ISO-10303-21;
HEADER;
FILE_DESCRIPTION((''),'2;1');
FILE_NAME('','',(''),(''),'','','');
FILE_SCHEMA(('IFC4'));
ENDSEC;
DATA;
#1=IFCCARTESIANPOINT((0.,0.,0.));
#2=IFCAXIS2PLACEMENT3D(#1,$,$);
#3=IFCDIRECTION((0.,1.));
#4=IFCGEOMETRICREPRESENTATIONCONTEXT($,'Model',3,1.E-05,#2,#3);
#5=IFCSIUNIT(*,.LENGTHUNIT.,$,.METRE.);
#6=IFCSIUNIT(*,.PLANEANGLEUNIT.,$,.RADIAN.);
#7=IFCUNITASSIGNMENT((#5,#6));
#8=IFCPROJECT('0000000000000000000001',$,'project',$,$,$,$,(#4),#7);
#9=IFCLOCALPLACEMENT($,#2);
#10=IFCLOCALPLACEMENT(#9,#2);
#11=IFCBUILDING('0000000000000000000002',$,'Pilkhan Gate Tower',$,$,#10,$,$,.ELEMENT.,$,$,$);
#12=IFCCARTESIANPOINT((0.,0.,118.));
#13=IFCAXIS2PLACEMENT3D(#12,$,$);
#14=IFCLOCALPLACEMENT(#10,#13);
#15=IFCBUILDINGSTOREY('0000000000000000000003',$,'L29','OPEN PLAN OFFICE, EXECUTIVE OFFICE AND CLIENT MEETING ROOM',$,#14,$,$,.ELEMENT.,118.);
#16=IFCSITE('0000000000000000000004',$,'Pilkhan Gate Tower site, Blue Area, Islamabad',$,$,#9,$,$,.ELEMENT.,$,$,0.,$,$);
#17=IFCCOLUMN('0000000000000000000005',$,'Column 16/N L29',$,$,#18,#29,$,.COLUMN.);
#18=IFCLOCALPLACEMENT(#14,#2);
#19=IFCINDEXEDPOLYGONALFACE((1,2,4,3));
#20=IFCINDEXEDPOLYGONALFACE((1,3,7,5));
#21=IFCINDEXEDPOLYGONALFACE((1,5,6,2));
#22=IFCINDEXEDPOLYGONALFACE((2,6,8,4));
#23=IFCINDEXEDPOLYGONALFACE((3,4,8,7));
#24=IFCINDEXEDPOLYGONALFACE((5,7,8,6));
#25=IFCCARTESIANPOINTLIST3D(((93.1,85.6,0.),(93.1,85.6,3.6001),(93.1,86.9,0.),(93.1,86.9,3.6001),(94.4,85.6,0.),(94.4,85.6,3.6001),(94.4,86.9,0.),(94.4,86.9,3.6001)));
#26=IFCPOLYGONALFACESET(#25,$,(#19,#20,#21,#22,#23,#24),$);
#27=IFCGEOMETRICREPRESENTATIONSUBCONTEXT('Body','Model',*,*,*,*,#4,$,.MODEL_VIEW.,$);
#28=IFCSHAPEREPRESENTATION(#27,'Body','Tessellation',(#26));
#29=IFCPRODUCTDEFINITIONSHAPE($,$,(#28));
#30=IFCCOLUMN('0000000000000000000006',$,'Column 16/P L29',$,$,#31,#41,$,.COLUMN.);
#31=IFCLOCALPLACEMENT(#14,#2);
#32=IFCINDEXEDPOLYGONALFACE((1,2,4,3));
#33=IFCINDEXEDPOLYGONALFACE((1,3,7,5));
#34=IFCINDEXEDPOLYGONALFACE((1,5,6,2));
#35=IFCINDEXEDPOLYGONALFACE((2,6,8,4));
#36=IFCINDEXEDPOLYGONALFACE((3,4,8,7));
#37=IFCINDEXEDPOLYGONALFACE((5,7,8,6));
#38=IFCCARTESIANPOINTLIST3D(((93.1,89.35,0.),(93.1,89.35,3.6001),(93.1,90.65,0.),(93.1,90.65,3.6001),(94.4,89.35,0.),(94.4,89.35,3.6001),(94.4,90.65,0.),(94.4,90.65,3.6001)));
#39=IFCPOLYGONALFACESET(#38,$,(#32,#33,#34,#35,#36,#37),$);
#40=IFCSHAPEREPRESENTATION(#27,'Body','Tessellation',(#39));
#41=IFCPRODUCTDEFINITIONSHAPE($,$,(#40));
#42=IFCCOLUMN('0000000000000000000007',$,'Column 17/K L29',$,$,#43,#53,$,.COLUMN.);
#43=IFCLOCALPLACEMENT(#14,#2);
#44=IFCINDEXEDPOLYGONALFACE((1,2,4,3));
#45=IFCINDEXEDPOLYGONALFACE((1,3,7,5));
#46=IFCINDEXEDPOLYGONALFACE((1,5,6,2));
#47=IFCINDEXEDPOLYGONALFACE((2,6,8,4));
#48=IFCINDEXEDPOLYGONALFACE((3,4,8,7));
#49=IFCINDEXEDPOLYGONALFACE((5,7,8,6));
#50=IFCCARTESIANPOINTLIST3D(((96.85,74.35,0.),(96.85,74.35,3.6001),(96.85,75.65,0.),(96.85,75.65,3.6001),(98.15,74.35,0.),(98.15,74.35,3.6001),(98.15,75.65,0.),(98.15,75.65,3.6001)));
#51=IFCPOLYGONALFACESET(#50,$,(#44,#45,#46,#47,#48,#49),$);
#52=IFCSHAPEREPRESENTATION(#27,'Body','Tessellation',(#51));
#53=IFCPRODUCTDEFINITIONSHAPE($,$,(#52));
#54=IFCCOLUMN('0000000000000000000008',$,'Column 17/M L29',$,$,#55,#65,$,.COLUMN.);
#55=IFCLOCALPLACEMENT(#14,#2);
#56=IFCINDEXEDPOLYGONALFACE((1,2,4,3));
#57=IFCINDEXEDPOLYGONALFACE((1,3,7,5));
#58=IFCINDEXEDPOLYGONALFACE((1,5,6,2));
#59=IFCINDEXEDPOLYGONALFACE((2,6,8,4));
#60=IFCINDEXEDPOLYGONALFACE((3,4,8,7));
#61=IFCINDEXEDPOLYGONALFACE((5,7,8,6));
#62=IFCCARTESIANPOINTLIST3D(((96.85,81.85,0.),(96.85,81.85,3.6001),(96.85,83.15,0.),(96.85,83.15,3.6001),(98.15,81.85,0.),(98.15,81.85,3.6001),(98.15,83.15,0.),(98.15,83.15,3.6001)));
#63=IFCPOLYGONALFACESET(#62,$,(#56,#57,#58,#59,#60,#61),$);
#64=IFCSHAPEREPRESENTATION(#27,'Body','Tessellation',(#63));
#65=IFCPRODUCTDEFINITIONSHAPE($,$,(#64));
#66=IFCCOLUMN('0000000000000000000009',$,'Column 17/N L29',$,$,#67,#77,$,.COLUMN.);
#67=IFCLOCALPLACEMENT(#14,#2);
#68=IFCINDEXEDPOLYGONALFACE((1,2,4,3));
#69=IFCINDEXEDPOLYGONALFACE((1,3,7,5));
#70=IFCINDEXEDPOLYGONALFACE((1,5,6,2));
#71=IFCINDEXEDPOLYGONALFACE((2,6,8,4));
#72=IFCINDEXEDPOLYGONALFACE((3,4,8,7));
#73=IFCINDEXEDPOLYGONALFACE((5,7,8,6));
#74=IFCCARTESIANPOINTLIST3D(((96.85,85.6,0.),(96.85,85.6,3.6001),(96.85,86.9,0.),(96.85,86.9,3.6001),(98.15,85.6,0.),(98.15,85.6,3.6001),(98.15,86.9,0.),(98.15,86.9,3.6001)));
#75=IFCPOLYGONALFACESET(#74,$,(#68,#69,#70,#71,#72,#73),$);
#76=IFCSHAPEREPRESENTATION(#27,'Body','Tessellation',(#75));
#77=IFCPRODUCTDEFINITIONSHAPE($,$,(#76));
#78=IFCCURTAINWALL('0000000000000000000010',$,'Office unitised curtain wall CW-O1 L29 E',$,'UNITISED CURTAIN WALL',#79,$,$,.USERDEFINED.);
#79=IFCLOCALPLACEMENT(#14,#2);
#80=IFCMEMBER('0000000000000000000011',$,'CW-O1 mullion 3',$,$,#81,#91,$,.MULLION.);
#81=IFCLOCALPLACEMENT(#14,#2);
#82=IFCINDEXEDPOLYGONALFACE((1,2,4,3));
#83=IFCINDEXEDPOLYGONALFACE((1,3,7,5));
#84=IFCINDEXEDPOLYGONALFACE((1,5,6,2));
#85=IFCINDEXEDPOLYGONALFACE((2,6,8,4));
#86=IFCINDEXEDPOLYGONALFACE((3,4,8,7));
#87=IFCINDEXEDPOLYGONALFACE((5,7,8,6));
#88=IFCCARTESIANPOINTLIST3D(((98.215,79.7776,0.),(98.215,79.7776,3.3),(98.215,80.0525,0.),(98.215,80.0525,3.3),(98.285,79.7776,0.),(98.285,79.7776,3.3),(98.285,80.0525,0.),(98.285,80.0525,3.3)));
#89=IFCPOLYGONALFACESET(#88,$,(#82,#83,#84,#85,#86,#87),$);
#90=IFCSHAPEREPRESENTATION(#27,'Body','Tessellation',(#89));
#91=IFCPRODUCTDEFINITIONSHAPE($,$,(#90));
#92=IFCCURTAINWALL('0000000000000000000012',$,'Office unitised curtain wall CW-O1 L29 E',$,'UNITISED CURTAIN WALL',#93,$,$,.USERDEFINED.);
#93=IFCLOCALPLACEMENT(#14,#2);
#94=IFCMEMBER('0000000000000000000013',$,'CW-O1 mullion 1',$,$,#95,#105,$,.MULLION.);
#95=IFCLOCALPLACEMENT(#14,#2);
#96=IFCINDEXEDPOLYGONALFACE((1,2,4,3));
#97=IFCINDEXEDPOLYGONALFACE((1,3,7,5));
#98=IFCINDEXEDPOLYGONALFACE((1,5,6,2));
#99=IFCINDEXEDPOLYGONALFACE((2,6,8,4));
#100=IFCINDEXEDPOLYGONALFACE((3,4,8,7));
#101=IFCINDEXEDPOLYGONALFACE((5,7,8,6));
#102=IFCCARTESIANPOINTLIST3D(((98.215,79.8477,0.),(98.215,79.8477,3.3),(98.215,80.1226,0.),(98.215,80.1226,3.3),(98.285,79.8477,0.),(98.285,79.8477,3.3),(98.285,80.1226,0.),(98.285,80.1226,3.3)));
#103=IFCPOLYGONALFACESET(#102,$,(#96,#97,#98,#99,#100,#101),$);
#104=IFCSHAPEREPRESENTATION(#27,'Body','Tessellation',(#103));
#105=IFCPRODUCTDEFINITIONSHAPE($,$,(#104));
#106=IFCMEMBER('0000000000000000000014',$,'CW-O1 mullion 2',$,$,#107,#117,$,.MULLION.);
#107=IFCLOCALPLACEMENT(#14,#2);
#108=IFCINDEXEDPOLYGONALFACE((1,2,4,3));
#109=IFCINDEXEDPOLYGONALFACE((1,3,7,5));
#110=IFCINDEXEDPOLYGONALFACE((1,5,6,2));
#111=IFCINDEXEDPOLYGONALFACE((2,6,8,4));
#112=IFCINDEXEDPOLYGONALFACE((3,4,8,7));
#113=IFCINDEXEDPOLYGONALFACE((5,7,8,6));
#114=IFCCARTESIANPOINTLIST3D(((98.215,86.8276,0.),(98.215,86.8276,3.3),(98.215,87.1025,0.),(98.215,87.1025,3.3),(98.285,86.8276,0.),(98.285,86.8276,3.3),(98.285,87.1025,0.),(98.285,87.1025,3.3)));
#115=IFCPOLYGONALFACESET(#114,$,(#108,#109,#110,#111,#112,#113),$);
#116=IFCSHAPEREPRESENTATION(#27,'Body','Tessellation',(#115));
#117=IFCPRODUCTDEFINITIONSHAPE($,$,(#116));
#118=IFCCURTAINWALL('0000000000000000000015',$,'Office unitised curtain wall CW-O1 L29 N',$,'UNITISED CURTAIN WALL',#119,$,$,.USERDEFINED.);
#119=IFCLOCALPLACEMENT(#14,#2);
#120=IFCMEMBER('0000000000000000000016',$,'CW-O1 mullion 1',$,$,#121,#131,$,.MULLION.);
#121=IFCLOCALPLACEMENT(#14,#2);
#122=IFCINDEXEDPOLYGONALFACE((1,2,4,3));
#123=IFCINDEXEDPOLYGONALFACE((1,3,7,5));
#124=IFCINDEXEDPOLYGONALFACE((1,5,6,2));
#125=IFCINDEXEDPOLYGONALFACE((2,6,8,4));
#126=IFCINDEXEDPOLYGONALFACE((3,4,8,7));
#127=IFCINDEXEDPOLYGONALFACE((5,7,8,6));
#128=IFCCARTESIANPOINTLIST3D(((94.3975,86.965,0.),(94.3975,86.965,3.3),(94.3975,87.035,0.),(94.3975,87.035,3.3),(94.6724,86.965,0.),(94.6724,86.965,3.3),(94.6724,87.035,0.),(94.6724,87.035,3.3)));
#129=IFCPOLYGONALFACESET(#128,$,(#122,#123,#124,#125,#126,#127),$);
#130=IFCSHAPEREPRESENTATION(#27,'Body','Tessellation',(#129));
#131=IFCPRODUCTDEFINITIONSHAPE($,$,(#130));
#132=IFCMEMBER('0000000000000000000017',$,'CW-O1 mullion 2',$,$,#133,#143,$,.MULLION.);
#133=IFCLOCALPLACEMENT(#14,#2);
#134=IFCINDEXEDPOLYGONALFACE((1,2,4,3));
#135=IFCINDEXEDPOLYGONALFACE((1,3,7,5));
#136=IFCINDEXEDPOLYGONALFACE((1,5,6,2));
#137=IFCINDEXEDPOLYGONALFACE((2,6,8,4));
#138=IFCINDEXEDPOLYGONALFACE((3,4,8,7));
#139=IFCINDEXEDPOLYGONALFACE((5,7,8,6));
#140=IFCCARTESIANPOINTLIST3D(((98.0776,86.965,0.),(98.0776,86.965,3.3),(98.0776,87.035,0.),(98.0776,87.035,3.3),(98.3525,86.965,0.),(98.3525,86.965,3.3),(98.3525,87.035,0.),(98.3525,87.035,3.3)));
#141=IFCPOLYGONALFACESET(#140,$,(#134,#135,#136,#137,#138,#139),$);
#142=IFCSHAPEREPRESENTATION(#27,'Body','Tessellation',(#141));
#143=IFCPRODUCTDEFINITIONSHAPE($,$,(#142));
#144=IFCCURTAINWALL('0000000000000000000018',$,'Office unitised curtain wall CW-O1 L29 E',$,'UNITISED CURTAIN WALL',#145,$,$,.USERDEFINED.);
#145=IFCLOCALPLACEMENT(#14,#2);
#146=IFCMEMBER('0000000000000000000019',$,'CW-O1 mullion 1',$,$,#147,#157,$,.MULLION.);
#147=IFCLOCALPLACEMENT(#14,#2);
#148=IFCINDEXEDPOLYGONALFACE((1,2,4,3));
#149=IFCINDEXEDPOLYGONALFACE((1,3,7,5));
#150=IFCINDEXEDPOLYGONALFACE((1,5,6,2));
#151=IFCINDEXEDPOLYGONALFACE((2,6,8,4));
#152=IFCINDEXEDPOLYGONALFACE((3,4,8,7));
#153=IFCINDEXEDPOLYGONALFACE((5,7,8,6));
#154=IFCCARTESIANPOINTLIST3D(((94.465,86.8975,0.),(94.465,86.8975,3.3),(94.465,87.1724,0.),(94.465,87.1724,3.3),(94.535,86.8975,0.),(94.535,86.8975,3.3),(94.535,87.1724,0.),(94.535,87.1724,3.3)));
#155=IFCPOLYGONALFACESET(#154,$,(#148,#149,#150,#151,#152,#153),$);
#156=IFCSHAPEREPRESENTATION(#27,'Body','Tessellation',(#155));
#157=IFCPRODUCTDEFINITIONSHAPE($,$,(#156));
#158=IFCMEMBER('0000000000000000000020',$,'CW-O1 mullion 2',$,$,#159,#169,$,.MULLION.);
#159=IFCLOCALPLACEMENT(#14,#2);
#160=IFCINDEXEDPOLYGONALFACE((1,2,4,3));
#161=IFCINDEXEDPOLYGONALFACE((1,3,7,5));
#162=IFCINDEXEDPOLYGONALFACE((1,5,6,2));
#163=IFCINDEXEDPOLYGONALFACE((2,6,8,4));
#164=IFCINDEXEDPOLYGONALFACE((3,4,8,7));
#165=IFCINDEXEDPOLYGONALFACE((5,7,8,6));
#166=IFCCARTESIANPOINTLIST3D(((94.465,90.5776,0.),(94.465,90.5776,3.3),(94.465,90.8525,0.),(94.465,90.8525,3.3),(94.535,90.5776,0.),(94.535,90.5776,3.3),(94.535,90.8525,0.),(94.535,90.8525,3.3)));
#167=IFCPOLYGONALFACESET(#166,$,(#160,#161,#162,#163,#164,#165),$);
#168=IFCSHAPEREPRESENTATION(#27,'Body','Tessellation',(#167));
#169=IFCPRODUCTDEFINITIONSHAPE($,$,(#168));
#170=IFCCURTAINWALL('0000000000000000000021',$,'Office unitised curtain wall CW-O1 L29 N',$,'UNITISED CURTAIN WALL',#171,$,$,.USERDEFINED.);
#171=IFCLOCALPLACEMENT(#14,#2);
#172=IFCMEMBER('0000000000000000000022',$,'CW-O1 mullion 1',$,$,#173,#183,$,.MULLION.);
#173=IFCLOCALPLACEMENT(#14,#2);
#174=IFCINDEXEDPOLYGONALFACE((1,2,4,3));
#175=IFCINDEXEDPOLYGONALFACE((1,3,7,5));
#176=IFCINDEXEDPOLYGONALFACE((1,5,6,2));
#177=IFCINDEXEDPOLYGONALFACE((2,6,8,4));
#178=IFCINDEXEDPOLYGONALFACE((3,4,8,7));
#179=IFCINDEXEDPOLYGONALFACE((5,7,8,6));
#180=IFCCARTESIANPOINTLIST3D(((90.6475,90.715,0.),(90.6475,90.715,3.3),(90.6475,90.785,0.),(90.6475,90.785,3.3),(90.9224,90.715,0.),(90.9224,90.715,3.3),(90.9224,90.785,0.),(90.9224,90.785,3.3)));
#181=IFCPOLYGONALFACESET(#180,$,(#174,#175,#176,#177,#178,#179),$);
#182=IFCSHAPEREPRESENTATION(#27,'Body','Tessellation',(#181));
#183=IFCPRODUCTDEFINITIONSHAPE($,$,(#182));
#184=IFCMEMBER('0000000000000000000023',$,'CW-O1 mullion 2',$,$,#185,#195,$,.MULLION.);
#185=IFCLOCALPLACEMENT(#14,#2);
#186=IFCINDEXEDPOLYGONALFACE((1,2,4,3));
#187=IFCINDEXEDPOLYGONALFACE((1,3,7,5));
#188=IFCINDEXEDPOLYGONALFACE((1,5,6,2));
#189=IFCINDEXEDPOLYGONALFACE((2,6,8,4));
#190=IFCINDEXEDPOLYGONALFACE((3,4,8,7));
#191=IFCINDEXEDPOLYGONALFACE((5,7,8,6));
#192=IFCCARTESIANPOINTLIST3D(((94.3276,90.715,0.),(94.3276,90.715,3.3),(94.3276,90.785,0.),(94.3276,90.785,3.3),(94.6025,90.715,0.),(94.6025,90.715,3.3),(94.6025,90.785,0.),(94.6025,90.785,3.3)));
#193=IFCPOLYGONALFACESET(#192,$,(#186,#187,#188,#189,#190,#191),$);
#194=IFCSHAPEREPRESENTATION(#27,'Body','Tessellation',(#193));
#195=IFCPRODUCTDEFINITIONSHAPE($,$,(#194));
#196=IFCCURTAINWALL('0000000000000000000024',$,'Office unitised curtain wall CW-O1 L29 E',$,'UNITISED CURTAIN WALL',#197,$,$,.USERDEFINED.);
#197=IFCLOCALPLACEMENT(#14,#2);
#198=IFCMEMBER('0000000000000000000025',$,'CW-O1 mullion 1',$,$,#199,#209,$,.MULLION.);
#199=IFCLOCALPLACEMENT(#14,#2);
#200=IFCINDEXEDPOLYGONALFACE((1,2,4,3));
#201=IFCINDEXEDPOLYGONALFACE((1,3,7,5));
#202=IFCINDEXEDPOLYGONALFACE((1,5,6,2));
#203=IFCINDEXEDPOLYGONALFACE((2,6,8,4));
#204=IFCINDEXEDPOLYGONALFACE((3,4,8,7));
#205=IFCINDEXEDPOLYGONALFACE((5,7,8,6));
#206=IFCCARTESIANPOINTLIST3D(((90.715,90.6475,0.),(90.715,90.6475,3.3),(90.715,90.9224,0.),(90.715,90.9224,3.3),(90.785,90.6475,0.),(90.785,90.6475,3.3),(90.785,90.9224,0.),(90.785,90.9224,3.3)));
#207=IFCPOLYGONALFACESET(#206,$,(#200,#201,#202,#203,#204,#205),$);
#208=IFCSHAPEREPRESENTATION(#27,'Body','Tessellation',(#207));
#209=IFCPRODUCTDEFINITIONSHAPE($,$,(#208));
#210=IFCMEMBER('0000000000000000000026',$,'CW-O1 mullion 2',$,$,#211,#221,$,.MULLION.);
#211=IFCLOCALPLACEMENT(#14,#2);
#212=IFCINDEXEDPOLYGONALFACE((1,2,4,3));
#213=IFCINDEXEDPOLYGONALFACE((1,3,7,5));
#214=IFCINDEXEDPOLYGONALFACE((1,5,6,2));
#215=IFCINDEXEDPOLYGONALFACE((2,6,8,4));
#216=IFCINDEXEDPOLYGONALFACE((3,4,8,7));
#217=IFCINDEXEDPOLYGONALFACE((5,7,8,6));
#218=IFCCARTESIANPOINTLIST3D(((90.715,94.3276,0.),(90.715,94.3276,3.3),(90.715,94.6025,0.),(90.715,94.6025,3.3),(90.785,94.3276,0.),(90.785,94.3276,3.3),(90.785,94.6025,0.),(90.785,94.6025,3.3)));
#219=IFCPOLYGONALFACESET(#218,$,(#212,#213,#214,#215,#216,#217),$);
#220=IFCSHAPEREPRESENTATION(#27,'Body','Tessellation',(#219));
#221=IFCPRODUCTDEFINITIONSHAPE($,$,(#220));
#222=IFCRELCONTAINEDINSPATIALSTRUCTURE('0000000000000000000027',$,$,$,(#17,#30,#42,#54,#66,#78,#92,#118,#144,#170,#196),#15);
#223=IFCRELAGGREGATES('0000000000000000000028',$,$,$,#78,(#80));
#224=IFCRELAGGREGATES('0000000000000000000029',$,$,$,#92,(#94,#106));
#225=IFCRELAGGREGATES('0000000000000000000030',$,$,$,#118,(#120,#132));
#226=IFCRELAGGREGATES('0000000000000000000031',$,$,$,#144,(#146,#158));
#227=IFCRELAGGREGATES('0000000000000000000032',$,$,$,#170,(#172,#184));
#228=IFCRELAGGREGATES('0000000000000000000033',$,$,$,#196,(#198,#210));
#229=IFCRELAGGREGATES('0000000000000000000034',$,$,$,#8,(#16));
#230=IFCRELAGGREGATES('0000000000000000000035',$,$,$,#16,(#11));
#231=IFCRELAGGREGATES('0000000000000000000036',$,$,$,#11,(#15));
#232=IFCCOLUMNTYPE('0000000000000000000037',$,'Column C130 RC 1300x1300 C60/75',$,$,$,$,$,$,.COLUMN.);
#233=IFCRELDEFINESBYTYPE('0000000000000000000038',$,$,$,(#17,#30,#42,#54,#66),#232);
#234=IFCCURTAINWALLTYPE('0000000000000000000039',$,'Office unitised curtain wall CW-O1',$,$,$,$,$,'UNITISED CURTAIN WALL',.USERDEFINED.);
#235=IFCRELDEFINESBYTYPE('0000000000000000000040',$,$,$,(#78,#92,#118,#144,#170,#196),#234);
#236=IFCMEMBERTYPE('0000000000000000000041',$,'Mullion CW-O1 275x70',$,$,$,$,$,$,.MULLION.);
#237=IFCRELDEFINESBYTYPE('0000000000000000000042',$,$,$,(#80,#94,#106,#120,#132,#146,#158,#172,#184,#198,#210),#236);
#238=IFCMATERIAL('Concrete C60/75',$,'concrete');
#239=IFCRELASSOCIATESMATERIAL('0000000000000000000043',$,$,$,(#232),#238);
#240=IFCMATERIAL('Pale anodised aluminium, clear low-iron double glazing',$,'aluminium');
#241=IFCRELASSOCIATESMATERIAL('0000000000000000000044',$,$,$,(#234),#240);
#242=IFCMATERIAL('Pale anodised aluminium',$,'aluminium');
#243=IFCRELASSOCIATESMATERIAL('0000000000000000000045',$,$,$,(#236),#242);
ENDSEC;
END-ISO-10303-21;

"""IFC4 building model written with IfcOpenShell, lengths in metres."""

from ifc_helpers import new_model, si_unit, direction, frame, origin, origin_2d, place, context, subcontext, project, spatial, rectangle, extrude, material, material_profile, profile_set, type_object, element, aggregate, save


model = new_model("IFC4")

# Units and contexts
model_context = context("Model", 3, precision=1e-05, world=origin(), true_north=direction((0.0, 1.0)))
body_context = subcontext(model_context, "Body", "Model", "MODEL_VIEW")
ifc_project = project(units=[si_unit("LENGTHUNIT", "METRE"), si_unit("PLANEANGLEUNIT", "RADIAN")], contexts=[model_context])

# Site, building, storey
site_placement = place(None, origin())
site = spatial("IfcSite", under=ifc_project, at=site_placement, Name="Pilkhan Gate Tower site, Blue Area, Islamabad", CompositionType="ELEMENT", RefElevation=0.0)
building_placement = place(site_placement, origin())
building = spatial("IfcBuilding", under=site, at=building_placement, Name="Pilkhan Gate Tower", CompositionType="ELEMENT")
storey_placement = place(building_placement, frame((0.0, 0.0, 118.0)))
storey = spatial("IfcBuildingStorey", under=building, at=storey_placement, Name="L29", Description="OPEN PLAN OFFICE, EXECUTIVE OFFICE AND CLIENT MEETING ROOM", CompositionType="ELEMENT", Elevation=118.0)

# Columns
ifc_material_1 = material(Name="Concrete C60/75", Category="concrete")
ifc_material_profile_1 = material_profile(ifc_material_1, rectangle(XDim=1.3, YDim=1.3, at=origin_2d()), Name="RC 1300x1300")
ifc_profile_set_1 = profile_set([ifc_material_profile_1], Name="Concrete C60/75")
column_type = type_object("IfcColumnType", Name="Column C130 RC 1300x1300 C60/75", PredefinedType="COLUMN", material=ifc_profile_set_1)
for number, where, z_axis, x_axis, name in (
    (1, (93.75, 86.25, 0.0), (0.0, 0.0, 1.0), (1.0, 0.0, 0.0), "Column 16/N L29"),
    (2, (93.75, 90.0, 0.0), (0.0, 0.0, 1.0), (1.0, 0.0, 0.0), "Column 16/P L29"),
    (3, (97.5, 75.0, 0.0), (0.0, 0.0, 1.0), (1.0, 0.0, 0.0), "Column 17/K L29"),
    (4, (97.5, 82.5, 0.0), (0.0, 0.0, 1.0), (1.0, 0.0, 0.0), "Column 17/M L29"),
    (5, (97.5, 86.25, 0.0), (0.0, 0.0, 1.0), (1.0, 0.0, 0.0), "Column 17/N L29"),
):
    element("IfcColumn", number, at=place(storey_placement, frame(where, z_axis=z_axis, x_axis=x_axis)), inside=storey, type_object=column_type, Name=name, PredefinedType="COLUMN", context=body_context, shape_type="SweptSolid", body=[
        extrude(rectangle(XDim=1.3, YDim=1.3, at=origin_2d()), origin(), (0.0, 0.0, 1.0), 3.6001),
    ])

# Curtain wall, member
ifc_material_2 = material(Name="Pale anodised aluminium, clear low-iron double glazing", Category="aluminium")
curtain_wall_type = type_object("IfcCurtainWallType", Name="Office unitised curtain wall CW-O1", ElementType="UNITISED CURTAIN WALL", PredefinedType="USERDEFINED", material=ifc_material_2)
curtain_wall_1_placement = place(storey_placement, origin())
curtain_wall_1 = element("IfcCurtainWall", 6, at=curtain_wall_1_placement, inside=storey, type_object=curtain_wall_type, Name="Office unitised curtain wall CW-O1 L29 E", ObjectType="UNITISED CURTAIN WALL", PredefinedType="USERDEFINED")
ifc_material_3 = material(Name="Pale anodised aluminium", Category="aluminium")
ifc_material_profile_2 = material_profile(ifc_material_3, rectangle(XDim=0.0701, YDim=0.2749, at=origin_2d()), Name="Mullion 275x70")
ifc_profile_set_2 = profile_set([ifc_material_profile_2], Name="Pale anodised aluminium")
member_type_1 = type_object("IfcMemberType", Name="Mullion CW-O1 275x70", PredefinedType="MULLION", material=ifc_profile_set_2)
member_1_placement = place(storey_placement, frame((98.25, 79.915, 0.0), z_axis=(0.0, 0.0, 1.0), x_axis=(-1.0, 0.0, 0.0)))
member_1 = element("IfcMember", 7, at=member_1_placement, type_object=member_type_1, Name="CW-O1 mullion 3", PredefinedType="MULLION", context=body_context, shape_type="SweptSolid", body=[
    extrude(rectangle(XDim=0.0701, YDim=0.2749, at=origin_2d()), origin(), (0.0, 0.0, 1.0), 3.3),
])

# Curtain walls, members
curtain_wall_2_placement = place(storey_placement, origin())
curtain_wall_2 = element("IfcCurtainWall", 8, at=curtain_wall_2_placement, inside=storey, type_object=curtain_wall_type, Name="Office unitised curtain wall CW-O1 L29 E", ObjectType="UNITISED CURTAIN WALL", PredefinedType="USERDEFINED")
member_2_placement = place(storey_placement, frame((98.25, 79.9851, 0.0), z_axis=(0.0, 0.0, 1.0), x_axis=(-1.0, 0.0, 0.0)))
member_2 = element("IfcMember", 9, at=member_2_placement, type_object=member_type_1, Name="CW-O1 mullion 1", PredefinedType="MULLION", context=body_context, shape_type="SweptSolid", body=[
    extrude(rectangle(XDim=0.0701, YDim=0.2749, at=origin_2d()), origin(), (0.0, 0.0, 1.0), 3.3),
])
member_3_placement = place(storey_placement, frame((98.25, 86.9651, 0.0), z_axis=(0.0, 0.0, 1.0), x_axis=(-1.0, 0.0, 0.0)))
member_3 = element("IfcMember", 10, at=member_3_placement, type_object=member_type_1, Name="CW-O1 mullion 2", PredefinedType="MULLION", context=body_context, shape_type="SweptSolid", body=[
    extrude(rectangle(XDim=0.0701, YDim=0.2749, at=origin_2d()), origin(), (0.0, 0.0, 1.0), 3.3),
])
curtain_wall_3_placement = place(storey_placement, origin())
curtain_wall_3 = element("IfcCurtainWall", 11, at=curtain_wall_3_placement, inside=storey, type_object=curtain_wall_type, Name="Office unitised curtain wall CW-O1 L29 N", ObjectType="UNITISED CURTAIN WALL", PredefinedType="USERDEFINED")
member_4_placement = place(storey_placement, frame((94.5349, 87.0, 0.0), z_axis=(0.0, 0.0, 1.0), x_axis=(0.0, 1.0, 0.0)))
member_4 = element("IfcMember", 12, at=member_4_placement, type_object=member_type_1, Name="CW-O1 mullion 1", PredefinedType="MULLION", context=body_context, shape_type="SweptSolid", body=[
    extrude(rectangle(XDim=0.0701, YDim=0.2749, at=origin_2d()), origin(), (0.0, 0.0, 1.0), 3.3),
])
member_5_placement = place(storey_placement, frame((98.2151, 87.0, 0.0), z_axis=(0.0, 0.0, 1.0), x_axis=(0.0, 1.0, 0.0)))
member_5 = element("IfcMember", 13, at=member_5_placement, type_object=member_type_1, Name="CW-O1 mullion 2", PredefinedType="MULLION", context=body_context, shape_type="SweptSolid", body=[
    extrude(rectangle(XDim=0.0701, YDim=0.2749, at=origin_2d()), origin(), (0.0, 0.0, 1.0), 3.3),
])
curtain_wall_4_placement = place(storey_placement, origin())
curtain_wall_4 = element("IfcCurtainWall", 14, at=curtain_wall_4_placement, inside=storey, type_object=curtain_wall_type, Name="Office unitised curtain wall CW-O1 L29 E", ObjectType="UNITISED CURTAIN WALL", PredefinedType="USERDEFINED")
member_6_placement = place(storey_placement, frame((94.5, 87.0349, 0.0), z_axis=(0.0, 0.0, 1.0), x_axis=(-1.0, 0.0, 0.0)))
member_6 = element("IfcMember", 15, at=member_6_placement, type_object=member_type_1, Name="CW-O1 mullion 1", PredefinedType="MULLION", context=body_context, shape_type="SweptSolid", body=[
    extrude(rectangle(XDim=0.0701, YDim=0.2749, at=origin_2d()), origin(), (0.0, 0.0, 1.0), 3.3),
])
member_7_placement = place(storey_placement, frame((94.5, 90.7151, 0.0), z_axis=(0.0, 0.0, 1.0), x_axis=(-1.0, 0.0, 0.0)))
member_7 = element("IfcMember", 16, at=member_7_placement, type_object=member_type_1, Name="CW-O1 mullion 2", PredefinedType="MULLION", context=body_context, shape_type="SweptSolid", body=[
    extrude(rectangle(XDim=0.0701, YDim=0.2749, at=origin_2d()), origin(), (0.0, 0.0, 1.0), 3.3),
])
curtain_wall_5_placement = place(storey_placement, origin())
curtain_wall_5 = element("IfcCurtainWall", 17, at=curtain_wall_5_placement, inside=storey, type_object=curtain_wall_type, Name="Office unitised curtain wall CW-O1 L29 N", ObjectType="UNITISED CURTAIN WALL", PredefinedType="USERDEFINED")
member_8_placement = place(storey_placement, frame((90.7849, 90.75, 0.0), z_axis=(0.0, 0.0, 1.0), x_axis=(0.0, 1.0, 0.0)))
member_8 = element("IfcMember", 18, at=member_8_placement, type_object=member_type_1, Name="CW-O1 mullion 1", PredefinedType="MULLION", context=body_context, shape_type="SweptSolid", body=[
    extrude(rectangle(XDim=0.0701, YDim=0.2749, at=origin_2d()), origin(), (0.0, 0.0, 1.0), 3.3),
])
member_9_placement = place(storey_placement, frame((94.4651, 90.75, 0.0), z_axis=(0.0, 0.0, 1.0), x_axis=(0.0, 1.0, 0.0)))
member_9 = element("IfcMember", 19, at=member_9_placement, type_object=member_type_1, Name="CW-O1 mullion 2", PredefinedType="MULLION", context=body_context, shape_type="SweptSolid", body=[
    extrude(rectangle(XDim=0.0701, YDim=0.2749, at=origin_2d()), origin(), (0.0, 0.0, 1.0), 3.3),
])
curtain_wall_6_placement = place(storey_placement, origin())
curtain_wall_6 = element("IfcCurtainWall", 20, at=curtain_wall_6_placement, inside=storey, type_object=curtain_wall_type, Name="Office unitised curtain wall CW-O1 L29 E", ObjectType="UNITISED CURTAIN WALL", PredefinedType="USERDEFINED")
member_10_placement = place(storey_placement, frame((90.75, 90.7849, 0.0), z_axis=(0.0, 0.0, 1.0), x_axis=(-1.0, 0.0, 0.0)))
member_10 = element("IfcMember", 21, at=member_10_placement, type_object=member_type_1, Name="CW-O1 mullion 1", PredefinedType="MULLION", context=body_context, shape_type="SweptSolid", body=[
    extrude(rectangle(XDim=0.0701, YDim=0.2749, at=origin_2d()), origin(), (0.0, 0.0, 1.0), 3.3),
])
member_11_placement = place(storey_placement, frame((90.75, 94.4651, 0.0), z_axis=(0.0, 0.0, 1.0), x_axis=(-1.0, 0.0, 0.0)))
member_11 = element("IfcMember", 22, at=member_11_placement, type_object=member_type_1, Name="CW-O1 mullion 2", PredefinedType="MULLION", context=body_context, shape_type="SweptSolid", body=[
    extrude(rectangle(XDim=0.0701, YDim=0.2749, at=origin_2d()), origin(), (0.0, 0.0, 1.0), 3.3),
])

aggregate(curtain_wall_1, [member_1])
aggregate(curtain_wall_2, [member_2, member_3])
aggregate(curtain_wall_3, [member_4, member_5])
aggregate(curtain_wall_4, [member_6, member_7])
aggregate(curtain_wall_5, [member_8, member_9])
aggregate(curtain_wall_6, [member_10, member_11])

save(model, "model.ifc")
